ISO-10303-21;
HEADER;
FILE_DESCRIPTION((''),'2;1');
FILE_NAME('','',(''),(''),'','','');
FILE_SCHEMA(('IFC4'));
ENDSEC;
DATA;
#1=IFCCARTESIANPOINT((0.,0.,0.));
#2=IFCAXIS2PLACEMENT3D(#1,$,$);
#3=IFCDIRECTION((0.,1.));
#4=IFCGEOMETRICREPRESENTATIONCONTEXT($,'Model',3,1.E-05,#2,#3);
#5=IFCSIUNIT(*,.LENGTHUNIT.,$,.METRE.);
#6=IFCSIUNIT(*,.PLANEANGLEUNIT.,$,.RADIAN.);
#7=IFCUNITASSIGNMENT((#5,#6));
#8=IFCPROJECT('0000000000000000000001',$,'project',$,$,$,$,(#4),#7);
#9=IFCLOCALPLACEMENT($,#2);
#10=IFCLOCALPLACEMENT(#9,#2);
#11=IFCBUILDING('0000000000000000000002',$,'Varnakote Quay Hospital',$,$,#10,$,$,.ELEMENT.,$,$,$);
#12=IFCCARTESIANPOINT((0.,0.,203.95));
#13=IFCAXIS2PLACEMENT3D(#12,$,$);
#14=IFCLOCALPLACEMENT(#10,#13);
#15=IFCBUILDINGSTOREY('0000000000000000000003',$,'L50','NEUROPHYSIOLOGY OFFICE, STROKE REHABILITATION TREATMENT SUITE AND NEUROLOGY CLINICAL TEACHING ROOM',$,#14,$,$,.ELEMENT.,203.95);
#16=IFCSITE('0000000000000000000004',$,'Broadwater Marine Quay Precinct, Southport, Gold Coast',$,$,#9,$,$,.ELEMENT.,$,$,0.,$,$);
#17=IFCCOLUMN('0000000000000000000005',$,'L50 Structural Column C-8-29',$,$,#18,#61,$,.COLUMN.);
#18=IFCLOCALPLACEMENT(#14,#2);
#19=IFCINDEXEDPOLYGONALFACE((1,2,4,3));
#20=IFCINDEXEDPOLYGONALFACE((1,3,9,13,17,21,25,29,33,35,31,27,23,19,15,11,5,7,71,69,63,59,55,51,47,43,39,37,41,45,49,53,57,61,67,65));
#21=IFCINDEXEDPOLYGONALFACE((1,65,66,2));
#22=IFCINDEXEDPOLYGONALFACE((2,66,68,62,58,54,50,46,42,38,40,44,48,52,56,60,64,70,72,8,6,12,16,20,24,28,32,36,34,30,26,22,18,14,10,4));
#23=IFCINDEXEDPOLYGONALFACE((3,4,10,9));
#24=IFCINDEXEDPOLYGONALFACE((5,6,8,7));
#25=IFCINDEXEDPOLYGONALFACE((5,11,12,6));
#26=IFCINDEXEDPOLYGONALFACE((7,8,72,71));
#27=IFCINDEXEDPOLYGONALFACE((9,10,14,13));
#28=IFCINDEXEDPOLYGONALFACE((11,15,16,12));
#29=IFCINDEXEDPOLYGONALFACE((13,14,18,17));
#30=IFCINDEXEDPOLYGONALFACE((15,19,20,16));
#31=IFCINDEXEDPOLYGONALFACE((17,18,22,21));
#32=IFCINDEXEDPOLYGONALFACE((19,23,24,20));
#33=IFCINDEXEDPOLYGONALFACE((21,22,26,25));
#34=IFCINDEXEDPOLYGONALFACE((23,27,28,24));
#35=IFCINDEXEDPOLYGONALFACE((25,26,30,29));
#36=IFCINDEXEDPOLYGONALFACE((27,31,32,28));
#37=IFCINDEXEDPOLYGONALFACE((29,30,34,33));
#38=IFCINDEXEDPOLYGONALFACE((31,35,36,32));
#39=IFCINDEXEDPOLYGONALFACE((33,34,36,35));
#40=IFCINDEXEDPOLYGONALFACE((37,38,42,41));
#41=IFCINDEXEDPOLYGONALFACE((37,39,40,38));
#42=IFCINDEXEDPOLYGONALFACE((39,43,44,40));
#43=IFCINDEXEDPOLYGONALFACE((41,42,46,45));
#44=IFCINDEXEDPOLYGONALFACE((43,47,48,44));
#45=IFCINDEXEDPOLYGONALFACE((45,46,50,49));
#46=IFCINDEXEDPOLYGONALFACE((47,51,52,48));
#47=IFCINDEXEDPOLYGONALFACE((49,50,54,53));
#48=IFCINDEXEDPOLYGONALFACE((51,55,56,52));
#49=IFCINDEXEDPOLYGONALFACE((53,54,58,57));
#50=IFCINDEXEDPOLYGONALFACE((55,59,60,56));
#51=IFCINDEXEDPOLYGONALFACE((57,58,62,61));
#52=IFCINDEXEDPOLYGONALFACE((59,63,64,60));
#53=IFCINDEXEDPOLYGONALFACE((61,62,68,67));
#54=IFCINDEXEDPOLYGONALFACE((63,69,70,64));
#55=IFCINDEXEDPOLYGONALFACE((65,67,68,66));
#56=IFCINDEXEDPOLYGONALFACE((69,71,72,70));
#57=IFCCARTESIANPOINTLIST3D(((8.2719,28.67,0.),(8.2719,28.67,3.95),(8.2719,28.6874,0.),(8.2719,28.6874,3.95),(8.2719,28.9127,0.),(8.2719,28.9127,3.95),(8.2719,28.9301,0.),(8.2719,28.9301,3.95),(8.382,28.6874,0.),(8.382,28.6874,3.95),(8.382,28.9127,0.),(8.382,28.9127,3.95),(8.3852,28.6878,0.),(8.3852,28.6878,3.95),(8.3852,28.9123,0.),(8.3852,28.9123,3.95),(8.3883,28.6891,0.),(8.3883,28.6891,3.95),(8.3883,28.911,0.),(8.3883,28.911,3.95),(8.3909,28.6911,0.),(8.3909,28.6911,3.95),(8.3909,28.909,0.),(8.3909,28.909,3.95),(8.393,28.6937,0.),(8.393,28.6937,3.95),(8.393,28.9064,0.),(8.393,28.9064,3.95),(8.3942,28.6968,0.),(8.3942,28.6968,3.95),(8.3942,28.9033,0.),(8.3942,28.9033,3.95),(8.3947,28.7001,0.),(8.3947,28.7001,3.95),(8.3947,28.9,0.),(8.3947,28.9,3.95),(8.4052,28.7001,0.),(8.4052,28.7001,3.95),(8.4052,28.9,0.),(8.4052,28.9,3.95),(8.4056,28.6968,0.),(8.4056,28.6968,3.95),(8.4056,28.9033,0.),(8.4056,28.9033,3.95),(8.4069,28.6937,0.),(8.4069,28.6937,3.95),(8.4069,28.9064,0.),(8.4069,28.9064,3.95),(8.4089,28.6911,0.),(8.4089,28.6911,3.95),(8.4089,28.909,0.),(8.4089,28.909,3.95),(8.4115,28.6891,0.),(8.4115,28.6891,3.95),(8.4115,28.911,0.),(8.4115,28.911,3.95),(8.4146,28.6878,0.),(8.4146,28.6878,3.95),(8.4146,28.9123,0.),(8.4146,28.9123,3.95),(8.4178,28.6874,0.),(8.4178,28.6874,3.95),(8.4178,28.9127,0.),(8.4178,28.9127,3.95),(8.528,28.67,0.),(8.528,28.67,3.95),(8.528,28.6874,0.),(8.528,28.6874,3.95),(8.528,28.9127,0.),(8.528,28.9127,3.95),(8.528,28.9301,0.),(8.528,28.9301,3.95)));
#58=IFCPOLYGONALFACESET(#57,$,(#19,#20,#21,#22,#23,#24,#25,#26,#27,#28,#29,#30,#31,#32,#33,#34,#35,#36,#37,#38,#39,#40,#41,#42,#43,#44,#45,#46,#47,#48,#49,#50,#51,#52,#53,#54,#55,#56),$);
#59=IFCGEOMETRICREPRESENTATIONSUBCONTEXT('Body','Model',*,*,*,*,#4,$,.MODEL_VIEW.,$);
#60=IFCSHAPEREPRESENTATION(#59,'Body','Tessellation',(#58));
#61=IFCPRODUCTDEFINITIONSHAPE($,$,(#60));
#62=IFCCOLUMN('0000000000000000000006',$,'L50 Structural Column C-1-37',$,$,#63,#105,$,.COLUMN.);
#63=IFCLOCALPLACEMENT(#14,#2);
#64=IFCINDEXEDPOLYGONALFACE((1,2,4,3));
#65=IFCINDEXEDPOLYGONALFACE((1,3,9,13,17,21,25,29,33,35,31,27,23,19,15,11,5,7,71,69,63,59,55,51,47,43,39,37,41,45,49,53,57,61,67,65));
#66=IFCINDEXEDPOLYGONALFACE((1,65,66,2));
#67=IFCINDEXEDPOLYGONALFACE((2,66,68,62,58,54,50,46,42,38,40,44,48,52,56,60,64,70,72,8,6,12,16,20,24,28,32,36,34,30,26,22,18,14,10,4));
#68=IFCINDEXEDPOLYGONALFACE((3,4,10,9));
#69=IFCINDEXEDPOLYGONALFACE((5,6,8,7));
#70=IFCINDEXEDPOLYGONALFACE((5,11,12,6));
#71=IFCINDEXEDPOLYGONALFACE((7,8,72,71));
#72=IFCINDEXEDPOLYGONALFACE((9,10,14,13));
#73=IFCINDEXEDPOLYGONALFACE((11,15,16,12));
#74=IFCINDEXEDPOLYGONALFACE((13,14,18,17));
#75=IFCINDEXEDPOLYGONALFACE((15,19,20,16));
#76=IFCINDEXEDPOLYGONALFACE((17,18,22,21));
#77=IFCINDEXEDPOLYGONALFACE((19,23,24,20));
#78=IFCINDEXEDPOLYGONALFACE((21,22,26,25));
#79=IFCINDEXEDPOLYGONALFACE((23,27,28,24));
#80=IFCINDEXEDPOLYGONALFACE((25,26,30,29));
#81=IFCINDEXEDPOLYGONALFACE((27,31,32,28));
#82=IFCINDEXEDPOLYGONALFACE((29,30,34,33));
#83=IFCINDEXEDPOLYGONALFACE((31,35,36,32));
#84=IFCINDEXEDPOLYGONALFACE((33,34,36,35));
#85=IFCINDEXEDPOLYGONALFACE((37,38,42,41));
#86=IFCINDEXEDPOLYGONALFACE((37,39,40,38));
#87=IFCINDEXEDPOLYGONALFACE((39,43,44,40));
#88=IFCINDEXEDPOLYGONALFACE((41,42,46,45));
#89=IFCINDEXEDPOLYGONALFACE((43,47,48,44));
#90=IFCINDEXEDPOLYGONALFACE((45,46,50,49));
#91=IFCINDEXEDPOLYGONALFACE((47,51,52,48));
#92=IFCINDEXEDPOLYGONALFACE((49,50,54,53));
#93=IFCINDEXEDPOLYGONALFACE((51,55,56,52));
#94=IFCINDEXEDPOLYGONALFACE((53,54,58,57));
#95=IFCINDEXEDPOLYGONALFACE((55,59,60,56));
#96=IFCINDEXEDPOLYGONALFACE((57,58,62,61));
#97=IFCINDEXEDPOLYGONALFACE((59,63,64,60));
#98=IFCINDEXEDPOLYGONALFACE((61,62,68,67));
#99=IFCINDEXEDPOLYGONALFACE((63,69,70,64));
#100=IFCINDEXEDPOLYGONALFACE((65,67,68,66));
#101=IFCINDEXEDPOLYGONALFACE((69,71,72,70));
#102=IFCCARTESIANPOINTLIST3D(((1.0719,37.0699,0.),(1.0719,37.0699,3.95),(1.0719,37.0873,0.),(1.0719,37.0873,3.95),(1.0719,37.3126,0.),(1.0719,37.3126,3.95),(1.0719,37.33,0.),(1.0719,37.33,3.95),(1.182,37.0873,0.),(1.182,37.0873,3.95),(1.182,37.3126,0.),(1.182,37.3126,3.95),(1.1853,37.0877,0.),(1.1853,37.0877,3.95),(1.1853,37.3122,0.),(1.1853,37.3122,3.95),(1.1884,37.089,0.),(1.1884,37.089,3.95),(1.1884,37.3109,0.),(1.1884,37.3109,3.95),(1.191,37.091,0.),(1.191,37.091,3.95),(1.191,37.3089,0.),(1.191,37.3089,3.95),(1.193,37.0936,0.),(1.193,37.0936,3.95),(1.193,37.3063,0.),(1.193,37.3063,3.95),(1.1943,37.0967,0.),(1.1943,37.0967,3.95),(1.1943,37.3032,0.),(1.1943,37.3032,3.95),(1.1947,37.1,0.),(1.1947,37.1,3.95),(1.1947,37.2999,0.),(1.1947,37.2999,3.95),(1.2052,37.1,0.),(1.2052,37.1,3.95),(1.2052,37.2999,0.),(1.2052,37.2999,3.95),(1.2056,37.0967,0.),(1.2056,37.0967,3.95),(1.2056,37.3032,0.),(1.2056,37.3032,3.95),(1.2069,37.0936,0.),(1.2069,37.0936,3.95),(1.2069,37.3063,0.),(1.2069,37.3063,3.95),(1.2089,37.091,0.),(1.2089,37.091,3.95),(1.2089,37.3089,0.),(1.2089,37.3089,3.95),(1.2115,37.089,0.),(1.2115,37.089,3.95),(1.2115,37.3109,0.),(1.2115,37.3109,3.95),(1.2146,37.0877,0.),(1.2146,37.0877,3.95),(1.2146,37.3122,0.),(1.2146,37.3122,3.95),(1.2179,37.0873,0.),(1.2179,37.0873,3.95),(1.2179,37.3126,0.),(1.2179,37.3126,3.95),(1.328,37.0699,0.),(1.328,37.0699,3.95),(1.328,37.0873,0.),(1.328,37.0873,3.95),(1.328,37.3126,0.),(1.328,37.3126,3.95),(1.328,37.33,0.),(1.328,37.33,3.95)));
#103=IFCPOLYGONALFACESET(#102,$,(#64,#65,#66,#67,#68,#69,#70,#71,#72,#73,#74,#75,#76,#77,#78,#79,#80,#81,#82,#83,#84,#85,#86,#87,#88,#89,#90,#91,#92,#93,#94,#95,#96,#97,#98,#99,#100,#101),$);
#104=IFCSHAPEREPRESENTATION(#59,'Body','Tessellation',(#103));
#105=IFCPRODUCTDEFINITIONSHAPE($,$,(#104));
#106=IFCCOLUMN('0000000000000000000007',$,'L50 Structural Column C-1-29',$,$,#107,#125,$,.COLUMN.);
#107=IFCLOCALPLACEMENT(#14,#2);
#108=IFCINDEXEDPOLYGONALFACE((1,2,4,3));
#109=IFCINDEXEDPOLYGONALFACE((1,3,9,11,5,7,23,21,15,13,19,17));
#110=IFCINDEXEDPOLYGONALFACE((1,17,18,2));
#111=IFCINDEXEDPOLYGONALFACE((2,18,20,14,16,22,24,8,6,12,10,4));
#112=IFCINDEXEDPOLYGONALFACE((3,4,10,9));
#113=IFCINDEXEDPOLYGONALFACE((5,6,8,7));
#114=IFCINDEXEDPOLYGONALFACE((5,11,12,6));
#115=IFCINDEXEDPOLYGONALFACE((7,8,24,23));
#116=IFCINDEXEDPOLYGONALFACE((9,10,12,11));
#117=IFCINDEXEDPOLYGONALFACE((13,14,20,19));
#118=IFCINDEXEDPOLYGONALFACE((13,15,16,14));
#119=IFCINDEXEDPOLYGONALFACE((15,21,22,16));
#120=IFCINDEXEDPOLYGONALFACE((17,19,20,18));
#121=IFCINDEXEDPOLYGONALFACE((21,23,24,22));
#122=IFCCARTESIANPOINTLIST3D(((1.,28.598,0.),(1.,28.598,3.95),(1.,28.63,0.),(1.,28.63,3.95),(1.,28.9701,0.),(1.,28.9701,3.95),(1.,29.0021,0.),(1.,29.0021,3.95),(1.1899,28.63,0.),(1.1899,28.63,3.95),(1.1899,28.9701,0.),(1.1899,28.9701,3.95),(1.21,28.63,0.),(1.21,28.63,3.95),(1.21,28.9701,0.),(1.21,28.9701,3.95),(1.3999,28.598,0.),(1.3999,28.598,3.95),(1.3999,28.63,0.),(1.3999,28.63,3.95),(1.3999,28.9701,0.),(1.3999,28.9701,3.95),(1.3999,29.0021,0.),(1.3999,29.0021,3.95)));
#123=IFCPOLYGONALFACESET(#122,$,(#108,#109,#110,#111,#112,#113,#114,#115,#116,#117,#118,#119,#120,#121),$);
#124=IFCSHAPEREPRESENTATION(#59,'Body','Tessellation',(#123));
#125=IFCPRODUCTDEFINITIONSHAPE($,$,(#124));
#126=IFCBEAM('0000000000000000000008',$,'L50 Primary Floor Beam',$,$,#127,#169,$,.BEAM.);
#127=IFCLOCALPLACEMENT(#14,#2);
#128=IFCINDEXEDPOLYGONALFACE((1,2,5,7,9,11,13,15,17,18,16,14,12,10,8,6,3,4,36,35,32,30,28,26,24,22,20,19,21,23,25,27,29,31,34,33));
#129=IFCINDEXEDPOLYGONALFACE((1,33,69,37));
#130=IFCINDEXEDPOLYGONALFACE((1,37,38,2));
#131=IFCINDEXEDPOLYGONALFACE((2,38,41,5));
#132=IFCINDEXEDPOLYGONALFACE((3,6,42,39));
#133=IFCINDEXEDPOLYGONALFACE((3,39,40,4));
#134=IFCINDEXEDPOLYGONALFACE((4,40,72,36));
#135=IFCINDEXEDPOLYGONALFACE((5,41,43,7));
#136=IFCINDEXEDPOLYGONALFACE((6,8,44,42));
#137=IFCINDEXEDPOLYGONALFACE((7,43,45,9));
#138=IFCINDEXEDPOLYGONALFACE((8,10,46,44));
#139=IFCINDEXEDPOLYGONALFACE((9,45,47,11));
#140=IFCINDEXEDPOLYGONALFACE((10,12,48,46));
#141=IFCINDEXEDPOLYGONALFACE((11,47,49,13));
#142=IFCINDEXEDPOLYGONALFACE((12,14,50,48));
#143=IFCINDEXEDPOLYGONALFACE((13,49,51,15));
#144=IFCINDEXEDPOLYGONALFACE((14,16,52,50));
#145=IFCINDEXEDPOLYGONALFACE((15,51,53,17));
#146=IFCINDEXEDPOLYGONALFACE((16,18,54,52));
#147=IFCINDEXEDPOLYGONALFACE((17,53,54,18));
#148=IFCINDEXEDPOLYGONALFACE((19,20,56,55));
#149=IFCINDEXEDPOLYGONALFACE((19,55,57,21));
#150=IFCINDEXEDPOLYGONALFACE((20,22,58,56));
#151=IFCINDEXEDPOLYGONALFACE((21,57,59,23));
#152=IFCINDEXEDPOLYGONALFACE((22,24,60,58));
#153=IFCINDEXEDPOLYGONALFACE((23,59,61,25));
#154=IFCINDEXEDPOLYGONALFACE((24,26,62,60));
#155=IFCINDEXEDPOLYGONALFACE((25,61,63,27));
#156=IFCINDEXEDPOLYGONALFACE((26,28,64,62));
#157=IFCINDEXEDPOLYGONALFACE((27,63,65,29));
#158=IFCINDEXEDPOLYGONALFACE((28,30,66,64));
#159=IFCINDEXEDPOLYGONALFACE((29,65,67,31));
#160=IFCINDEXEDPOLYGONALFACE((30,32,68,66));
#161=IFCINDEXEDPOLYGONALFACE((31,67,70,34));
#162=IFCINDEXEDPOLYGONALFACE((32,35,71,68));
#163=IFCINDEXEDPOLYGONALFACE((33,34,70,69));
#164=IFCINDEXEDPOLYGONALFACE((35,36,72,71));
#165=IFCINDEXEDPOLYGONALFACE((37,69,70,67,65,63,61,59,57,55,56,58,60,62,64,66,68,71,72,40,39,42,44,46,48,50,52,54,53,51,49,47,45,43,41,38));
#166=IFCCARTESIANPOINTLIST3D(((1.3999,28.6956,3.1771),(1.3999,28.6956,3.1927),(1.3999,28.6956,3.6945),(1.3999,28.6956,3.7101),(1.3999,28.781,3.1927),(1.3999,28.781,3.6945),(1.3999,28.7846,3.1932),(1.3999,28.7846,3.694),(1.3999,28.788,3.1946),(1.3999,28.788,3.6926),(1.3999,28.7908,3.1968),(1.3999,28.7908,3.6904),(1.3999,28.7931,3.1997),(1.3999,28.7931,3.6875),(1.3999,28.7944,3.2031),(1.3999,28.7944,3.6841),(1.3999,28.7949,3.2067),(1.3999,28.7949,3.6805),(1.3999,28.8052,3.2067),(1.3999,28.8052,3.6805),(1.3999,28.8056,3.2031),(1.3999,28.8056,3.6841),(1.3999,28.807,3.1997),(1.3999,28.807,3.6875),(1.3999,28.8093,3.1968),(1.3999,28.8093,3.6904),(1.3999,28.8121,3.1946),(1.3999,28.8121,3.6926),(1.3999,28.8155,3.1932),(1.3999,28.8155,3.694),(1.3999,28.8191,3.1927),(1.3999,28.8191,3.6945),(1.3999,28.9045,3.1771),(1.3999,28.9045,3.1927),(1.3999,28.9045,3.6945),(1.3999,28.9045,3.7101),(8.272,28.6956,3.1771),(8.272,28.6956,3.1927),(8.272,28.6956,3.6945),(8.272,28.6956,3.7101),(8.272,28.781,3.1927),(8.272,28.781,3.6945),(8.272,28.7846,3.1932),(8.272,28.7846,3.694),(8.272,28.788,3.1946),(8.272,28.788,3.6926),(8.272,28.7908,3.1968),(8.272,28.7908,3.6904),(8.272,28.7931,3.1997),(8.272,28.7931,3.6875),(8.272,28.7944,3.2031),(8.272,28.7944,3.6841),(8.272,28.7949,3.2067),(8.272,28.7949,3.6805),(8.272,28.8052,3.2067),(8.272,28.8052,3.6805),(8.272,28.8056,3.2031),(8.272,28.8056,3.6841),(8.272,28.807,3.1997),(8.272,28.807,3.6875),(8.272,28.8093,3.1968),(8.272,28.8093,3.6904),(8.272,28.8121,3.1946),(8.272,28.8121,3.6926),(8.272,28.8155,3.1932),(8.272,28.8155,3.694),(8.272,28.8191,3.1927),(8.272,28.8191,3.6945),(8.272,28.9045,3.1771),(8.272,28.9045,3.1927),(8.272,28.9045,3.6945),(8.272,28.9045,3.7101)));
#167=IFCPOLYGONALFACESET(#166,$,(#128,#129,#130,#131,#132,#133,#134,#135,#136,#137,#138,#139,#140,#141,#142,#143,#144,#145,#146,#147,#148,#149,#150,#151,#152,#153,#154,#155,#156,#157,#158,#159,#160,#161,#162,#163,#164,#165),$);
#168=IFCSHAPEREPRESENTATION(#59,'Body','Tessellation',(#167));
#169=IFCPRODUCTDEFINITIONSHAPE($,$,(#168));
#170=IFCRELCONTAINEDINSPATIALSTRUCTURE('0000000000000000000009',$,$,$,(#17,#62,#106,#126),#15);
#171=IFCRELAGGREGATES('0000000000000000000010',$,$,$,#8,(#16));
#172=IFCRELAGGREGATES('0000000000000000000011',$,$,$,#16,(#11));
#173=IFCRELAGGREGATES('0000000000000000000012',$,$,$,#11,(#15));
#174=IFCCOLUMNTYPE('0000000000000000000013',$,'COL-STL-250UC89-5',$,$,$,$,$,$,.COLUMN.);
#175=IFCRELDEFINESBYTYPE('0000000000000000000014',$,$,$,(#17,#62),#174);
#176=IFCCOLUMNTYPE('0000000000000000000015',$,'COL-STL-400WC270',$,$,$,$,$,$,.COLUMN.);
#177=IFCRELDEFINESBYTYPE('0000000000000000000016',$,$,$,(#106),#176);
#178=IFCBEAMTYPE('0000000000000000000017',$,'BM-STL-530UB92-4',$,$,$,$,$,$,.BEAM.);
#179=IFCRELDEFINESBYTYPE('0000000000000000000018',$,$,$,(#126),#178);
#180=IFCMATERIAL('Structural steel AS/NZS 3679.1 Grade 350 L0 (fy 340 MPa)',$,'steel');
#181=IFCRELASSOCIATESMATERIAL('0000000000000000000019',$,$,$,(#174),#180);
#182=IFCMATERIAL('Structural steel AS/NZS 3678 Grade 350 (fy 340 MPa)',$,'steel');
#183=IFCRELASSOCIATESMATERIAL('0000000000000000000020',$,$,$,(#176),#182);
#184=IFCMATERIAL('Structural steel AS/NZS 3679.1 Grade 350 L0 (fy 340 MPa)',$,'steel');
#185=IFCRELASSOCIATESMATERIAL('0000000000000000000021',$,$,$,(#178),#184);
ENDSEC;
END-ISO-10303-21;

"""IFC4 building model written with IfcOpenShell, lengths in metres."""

from ifc_helpers import new_model, si_unit, direction, frame, origin, origin_2d, place, context, subcontext, project, spatial, i_section, extrude, material, material_profile, profile_set, type_object, element, save


model = new_model("IFC4")

# Units and contexts
model_context = context("Model", 3, precision=1e-05, world=origin(), true_north=direction((0.0, 1.0)))
body_context = subcontext(model_context, "Body", "Model", "MODEL_VIEW")
ifc_project = project(units=[si_unit("LENGTHUNIT", "METRE"), si_unit("PLANEANGLEUNIT", "RADIAN")], contexts=[model_context])

# Site, building, storey
site_placement = place(None, origin())
site = spatial("IfcSite", under=ifc_project, at=site_placement, Name="Broadwater Marine Quay Precinct, Southport, Gold Coast", CompositionType="ELEMENT", RefElevation=0.0)
building_placement = place(site_placement, origin())
building = spatial("IfcBuilding", under=site, at=building_placement, Name="Varnakote Quay Hospital", CompositionType="ELEMENT")
storey_placement = place(building_placement, frame((0.0, 0.0, 203.95)))
storey = spatial("IfcBuildingStorey", under=building, at=storey_placement, Name="L50", Description="NEUROPHYSIOLOGY OFFICE, STROKE REHABILITATION TREATMENT SUITE AND NEUROLOGY CLINICAL TEACHING ROOM", CompositionType="ELEMENT", Elevation=203.95)

# Columns
ifc_material_1 = material(Name="Structural steel AS/NZS 3679.1 Grade 350 L0 (fy 340 MPa)", Category="steel")
ifc_material_profile_1 = material_profile(ifc_material_1, i_section(OverallWidth=0.2561, OverallDepth=0.26, WebThickness=0.0105, FlangeThickness=0.0173, FilletRadius=0.0127, at=origin_2d()), Name="250UC89.5")
ifc_profile_set_1 = profile_set([ifc_material_profile_1], Name="Structural steel AS/NZS 3679.1 Grade 350 L0 (fy 340 MPa)")
column_type_1 = type_object("IfcColumnType", Name="COL-STL-250UC89-5", PredefinedType="COLUMN", material=ifc_profile_set_1)
for number, where, z_axis, x_axis, name in (
    (1, (8.3999, 28.8, 0.0), (0.0, 0.0, 1.0), (1.0, 0.0, 0.0), "L50 Structural Column C-8-29"),
    (2, (1.2, 37.2, 0.0), (0.0, 0.0, 1.0), (1.0, 0.0, 0.0), "L50 Structural Column C-1-37"),
):
    element("IfcColumn", number, at=place(storey_placement, frame(where, z_axis=z_axis, x_axis=x_axis)), inside=storey, type_object=column_type_1, Name=name, PredefinedType="COLUMN", context=body_context, shape_type="SweptSolid", body=[
        extrude(i_section(OverallWidth=0.2561, OverallDepth=0.26, WebThickness=0.0105, FlangeThickness=0.0173, FilletRadius=0.0127, at=origin_2d()), origin(), (0.0, 0.0, 1.0), 3.95),
    ])
ifc_material_2 = material(Name="Structural steel AS/NZS 3678 Grade 350 (fy 340 MPa)", Category="steel")
ifc_material_profile_2 = material_profile(ifc_material_2, i_section(OverallWidth=0.3999, OverallDepth=0.4041, WebThickness=0.02, FlangeThickness=0.032, at=origin_2d()), Name="400WC270")
ifc_profile_set_2 = profile_set([ifc_material_profile_2], Name="Structural steel AS/NZS 3678 Grade 350 (fy 340 MPa)")
column_type_2 = type_object("IfcColumnType", Name="COL-STL-400WC270", PredefinedType="COLUMN", material=ifc_profile_set_2)
column_placement = place(storey_placement, frame((1.2, 28.8, 0.0), z_axis=(0.0, 0.0, 1.0), x_axis=(1.0, 0.0, 0.0)))
element("IfcColumn", 3, at=column_placement, inside=storey, type_object=column_type_2, Name="L50 Structural Column C-1-29", PredefinedType="COLUMN", context=body_context, shape_type="SweptSolid", body=[
    extrude(i_section(OverallWidth=0.3999, OverallDepth=0.4041, WebThickness=0.02, FlangeThickness=0.032, at=origin_2d()), origin(), (0.0, 0.0, 1.0), 3.95),
])

# Beam
ifc_material_3 = material(Name="Structural steel AS/NZS 3679.1 Grade 350 L0 (fy 340 MPa)", Category="steel")
ifc_material_profile_3 = material_profile(ifc_material_3, i_section(OverallWidth=0.209, OverallDepth=0.533, WebThickness=0.0103, FlangeThickness=0.0156, FilletRadius=0.0139, at=origin_2d()), Name="530UB92.4")
ifc_profile_set_3 = profile_set([ifc_material_profile_3], Name="Structural steel AS/NZS 3679.1 Grade 350 L0 (fy 340 MPa)")
beam_type_1 = type_object("IfcBeamType", Name="BM-STL-530UB92-4", PredefinedType="BEAM", material=ifc_profile_set_3)
beam_1_placement = place(storey_placement, frame((1.3999, 28.8, 3.4436), z_axis=(1.0, 0.0, 0.0), x_axis=(0.0, 1.0, 0.0)))
element("IfcBeam", 4, at=beam_1_placement, inside=storey, type_object=beam_type_1, Name="L50 Primary Floor Beam", PredefinedType="BEAM", context=body_context, shape_type="SweptSolid", body=[
    extrude(i_section(OverallWidth=0.209, OverallDepth=0.533, WebThickness=0.0103, FlangeThickness=0.0156, FilletRadius=0.0139, at=origin_2d()), origin(), (0.0, 0.0, 1.0), 6.8721),
])

save(model, "model.ifc")
